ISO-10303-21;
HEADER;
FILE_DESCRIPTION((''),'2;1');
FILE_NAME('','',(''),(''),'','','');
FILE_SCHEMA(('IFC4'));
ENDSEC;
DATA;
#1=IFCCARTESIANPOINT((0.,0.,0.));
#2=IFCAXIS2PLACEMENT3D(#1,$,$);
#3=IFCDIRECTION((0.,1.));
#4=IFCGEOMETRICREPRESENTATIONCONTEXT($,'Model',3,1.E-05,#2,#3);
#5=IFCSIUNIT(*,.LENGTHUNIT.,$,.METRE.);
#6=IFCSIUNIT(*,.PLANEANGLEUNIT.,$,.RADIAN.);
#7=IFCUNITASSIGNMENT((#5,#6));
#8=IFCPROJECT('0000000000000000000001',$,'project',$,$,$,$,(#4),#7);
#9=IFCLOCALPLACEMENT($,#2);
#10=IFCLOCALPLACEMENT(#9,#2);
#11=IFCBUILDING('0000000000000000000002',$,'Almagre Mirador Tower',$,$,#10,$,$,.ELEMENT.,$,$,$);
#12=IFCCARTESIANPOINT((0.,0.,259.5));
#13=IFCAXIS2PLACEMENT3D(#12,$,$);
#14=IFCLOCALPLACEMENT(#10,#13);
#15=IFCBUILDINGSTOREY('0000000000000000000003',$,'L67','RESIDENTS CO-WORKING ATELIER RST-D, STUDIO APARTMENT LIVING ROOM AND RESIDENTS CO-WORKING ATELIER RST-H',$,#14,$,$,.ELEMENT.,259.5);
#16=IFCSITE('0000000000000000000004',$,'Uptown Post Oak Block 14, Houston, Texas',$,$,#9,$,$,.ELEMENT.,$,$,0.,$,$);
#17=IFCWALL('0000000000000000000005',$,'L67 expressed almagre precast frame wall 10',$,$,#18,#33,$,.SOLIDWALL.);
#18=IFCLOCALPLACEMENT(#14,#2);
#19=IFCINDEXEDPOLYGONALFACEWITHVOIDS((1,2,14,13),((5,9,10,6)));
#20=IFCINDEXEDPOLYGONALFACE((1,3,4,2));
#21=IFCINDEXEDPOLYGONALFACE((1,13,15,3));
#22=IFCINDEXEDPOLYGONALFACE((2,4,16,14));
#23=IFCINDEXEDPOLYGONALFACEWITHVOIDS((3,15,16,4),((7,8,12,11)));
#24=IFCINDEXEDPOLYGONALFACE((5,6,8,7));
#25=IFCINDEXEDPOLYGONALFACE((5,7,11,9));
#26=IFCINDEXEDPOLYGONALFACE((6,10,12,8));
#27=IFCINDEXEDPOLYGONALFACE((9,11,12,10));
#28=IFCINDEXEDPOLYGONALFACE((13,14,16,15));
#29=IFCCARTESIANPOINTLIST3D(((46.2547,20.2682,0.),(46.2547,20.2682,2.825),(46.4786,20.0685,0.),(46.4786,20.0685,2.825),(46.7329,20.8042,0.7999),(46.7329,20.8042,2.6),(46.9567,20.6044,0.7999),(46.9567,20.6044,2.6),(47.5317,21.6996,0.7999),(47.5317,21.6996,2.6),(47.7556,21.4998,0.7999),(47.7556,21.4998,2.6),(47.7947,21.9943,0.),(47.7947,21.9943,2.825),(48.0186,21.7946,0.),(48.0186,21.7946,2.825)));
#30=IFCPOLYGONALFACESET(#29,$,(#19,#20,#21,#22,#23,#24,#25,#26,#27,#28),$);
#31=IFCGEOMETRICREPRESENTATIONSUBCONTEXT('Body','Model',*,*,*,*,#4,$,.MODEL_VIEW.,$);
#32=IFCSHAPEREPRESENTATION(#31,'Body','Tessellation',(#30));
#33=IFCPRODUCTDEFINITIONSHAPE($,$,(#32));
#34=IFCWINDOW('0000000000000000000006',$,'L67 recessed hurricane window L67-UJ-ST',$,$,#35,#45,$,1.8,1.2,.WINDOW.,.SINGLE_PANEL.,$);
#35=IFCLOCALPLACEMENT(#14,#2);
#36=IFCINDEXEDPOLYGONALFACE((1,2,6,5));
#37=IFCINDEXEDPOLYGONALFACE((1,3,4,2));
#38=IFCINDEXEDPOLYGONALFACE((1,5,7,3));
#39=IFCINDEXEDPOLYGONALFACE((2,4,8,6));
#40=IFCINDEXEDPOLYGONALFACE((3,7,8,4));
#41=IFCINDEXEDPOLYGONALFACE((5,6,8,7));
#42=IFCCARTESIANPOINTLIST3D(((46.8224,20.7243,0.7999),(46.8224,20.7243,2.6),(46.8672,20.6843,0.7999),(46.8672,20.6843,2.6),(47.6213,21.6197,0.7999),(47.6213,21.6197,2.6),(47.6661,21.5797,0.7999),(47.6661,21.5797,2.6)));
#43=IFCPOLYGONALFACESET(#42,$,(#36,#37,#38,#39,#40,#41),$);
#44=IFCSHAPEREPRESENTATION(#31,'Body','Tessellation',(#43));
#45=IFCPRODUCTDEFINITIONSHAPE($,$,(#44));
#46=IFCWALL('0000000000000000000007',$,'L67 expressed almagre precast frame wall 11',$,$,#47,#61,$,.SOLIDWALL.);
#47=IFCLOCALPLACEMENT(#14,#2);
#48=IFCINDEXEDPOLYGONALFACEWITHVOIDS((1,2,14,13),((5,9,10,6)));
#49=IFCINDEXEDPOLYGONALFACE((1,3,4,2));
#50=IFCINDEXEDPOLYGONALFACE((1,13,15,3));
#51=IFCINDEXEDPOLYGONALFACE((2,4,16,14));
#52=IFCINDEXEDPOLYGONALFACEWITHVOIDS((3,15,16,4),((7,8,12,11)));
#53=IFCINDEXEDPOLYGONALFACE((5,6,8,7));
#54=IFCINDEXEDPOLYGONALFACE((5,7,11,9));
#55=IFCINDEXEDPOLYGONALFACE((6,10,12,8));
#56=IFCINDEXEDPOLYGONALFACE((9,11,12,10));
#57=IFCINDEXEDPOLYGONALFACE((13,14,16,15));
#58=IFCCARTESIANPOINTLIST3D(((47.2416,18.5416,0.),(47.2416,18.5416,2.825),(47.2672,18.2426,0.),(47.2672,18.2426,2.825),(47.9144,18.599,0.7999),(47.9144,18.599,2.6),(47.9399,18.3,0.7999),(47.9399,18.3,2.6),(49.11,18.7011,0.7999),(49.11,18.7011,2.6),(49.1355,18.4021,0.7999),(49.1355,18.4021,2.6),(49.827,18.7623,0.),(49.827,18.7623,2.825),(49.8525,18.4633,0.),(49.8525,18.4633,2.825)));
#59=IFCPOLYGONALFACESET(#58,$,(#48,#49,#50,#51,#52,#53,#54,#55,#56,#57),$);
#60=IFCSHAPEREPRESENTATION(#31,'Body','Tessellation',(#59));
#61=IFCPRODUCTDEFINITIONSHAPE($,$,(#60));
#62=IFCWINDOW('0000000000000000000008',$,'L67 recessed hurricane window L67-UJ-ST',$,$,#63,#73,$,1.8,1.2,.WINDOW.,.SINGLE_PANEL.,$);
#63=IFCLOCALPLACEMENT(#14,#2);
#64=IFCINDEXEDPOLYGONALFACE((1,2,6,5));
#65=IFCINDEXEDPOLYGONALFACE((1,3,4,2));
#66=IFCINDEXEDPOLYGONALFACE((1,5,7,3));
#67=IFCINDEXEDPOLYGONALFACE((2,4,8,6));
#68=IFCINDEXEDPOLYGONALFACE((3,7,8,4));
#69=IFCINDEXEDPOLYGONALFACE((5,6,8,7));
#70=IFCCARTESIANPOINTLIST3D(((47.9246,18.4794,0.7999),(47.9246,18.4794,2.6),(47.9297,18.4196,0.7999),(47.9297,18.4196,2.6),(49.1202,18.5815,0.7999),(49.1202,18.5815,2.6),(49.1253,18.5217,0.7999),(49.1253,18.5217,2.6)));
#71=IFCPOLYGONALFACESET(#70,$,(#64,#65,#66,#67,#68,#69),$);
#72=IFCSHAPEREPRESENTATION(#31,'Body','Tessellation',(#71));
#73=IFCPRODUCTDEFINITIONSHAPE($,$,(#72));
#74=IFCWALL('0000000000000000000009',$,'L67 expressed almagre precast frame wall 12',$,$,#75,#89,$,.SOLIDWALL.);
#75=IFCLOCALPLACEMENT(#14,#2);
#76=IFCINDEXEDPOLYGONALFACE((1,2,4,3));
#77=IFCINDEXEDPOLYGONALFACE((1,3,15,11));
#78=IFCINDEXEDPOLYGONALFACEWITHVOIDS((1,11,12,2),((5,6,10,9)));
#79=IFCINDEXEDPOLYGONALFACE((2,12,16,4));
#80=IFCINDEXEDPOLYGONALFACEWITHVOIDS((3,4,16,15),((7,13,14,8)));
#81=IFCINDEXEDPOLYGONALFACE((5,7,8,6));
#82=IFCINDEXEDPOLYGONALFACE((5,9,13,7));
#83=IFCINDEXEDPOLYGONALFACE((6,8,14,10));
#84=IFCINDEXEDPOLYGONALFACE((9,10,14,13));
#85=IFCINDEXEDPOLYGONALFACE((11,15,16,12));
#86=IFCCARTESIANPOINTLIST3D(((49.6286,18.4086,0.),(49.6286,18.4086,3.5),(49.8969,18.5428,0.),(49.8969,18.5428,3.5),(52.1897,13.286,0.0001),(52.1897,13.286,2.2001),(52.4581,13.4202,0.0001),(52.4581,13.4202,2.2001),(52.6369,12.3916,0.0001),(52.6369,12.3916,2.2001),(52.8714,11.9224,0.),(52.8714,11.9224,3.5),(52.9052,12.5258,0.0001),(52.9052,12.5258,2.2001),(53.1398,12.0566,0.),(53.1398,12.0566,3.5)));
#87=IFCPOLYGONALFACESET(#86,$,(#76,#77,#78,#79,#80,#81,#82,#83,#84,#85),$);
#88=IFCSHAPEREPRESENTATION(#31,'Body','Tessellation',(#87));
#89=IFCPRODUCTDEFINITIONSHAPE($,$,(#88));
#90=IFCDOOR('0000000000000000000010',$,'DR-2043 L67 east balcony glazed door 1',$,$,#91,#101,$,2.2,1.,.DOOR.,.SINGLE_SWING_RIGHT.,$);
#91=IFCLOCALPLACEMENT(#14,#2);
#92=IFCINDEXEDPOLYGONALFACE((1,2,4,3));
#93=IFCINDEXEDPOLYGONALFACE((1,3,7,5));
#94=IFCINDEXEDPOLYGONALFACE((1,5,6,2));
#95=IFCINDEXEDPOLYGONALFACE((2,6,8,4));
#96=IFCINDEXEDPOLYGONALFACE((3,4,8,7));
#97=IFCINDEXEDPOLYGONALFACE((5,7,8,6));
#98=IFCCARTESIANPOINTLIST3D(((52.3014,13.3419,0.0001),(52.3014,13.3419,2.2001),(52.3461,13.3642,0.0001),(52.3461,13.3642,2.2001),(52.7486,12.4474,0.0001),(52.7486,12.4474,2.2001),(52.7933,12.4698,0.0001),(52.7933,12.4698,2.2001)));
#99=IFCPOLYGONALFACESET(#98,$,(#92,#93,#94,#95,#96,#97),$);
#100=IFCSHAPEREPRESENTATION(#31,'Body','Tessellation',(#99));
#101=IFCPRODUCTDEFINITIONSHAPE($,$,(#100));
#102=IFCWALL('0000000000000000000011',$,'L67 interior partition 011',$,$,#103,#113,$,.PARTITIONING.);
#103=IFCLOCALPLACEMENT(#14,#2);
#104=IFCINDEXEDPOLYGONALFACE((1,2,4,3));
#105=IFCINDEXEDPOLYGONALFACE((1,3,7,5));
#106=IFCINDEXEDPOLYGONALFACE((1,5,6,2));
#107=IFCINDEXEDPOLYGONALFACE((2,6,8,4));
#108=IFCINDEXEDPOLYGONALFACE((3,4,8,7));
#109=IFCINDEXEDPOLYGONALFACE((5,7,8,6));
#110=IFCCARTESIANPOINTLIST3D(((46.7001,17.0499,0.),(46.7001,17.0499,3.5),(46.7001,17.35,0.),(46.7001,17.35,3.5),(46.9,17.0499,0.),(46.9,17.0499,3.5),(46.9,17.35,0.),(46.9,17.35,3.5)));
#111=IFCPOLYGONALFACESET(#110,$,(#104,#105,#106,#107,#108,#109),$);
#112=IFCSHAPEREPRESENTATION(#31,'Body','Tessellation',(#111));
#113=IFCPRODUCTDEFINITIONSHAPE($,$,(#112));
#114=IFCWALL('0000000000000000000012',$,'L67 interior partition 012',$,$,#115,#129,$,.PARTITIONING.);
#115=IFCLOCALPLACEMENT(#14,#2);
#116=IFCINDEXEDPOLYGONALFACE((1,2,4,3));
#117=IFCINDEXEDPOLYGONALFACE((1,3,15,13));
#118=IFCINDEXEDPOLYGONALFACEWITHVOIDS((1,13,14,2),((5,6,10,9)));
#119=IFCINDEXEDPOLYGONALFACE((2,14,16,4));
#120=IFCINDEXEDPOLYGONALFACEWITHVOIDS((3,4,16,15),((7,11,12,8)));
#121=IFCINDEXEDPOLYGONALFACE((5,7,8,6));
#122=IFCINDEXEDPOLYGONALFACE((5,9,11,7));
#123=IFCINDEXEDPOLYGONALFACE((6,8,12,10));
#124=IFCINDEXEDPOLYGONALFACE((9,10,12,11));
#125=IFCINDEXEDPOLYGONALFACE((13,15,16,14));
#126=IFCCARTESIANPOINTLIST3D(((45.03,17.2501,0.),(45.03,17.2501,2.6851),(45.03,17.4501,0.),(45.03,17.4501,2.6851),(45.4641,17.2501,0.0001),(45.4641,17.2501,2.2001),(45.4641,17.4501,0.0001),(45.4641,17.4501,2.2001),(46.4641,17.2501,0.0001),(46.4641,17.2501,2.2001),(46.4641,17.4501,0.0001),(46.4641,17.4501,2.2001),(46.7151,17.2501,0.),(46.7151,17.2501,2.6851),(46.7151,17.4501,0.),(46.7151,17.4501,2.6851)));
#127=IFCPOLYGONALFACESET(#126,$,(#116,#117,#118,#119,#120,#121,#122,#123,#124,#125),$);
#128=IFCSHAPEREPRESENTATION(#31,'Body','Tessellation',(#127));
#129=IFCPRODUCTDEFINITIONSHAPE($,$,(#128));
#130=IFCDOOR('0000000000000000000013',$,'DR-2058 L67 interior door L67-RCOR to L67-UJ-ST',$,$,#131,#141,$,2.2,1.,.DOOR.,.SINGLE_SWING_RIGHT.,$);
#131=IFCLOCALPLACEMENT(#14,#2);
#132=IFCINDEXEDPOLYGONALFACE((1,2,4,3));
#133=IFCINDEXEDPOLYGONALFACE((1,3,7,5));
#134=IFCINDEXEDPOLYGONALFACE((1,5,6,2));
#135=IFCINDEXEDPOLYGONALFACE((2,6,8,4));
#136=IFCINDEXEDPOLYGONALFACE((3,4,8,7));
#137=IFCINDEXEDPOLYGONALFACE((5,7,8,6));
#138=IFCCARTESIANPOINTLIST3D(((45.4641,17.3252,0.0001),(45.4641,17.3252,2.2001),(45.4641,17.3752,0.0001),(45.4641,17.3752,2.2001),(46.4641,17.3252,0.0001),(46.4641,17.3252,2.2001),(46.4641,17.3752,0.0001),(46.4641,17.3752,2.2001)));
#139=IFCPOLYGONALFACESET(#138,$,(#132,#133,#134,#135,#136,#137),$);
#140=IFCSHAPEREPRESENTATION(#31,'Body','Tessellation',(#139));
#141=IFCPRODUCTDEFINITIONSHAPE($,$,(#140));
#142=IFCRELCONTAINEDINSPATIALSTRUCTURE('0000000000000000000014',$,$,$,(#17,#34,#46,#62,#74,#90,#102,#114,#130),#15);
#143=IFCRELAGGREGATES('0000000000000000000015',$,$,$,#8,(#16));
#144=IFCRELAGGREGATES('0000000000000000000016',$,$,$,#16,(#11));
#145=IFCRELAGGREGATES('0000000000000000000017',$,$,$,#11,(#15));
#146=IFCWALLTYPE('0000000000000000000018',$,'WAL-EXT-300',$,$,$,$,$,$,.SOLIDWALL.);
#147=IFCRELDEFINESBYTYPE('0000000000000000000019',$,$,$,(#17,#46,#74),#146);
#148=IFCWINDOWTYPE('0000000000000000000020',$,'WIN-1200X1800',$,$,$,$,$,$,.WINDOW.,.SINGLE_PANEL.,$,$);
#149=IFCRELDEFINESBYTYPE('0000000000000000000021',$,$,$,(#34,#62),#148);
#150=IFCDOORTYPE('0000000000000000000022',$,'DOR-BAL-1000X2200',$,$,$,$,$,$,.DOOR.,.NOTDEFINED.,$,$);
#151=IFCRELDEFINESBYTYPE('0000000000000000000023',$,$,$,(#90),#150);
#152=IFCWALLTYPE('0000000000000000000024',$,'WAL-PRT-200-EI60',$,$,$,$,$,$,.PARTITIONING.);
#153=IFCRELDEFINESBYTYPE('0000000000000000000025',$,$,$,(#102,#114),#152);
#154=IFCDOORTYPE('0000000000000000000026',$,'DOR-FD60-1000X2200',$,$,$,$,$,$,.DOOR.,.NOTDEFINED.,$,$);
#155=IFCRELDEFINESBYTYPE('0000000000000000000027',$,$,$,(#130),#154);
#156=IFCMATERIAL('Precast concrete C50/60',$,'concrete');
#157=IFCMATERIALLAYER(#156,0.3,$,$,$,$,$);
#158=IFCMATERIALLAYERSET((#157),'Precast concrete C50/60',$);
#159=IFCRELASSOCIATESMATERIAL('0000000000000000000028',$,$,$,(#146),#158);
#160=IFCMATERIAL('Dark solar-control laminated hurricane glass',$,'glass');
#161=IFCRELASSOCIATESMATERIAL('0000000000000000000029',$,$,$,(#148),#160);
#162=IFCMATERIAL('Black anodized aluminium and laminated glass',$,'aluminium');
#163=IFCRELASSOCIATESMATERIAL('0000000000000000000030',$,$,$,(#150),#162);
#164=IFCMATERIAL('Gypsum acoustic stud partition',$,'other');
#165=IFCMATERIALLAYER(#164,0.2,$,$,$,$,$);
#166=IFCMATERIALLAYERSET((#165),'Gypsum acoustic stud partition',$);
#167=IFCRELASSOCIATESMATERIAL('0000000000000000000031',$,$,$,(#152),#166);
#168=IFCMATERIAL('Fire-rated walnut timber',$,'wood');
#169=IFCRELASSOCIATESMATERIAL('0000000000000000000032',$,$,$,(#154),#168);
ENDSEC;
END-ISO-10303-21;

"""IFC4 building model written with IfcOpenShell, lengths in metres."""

from ifc_helpers import new_model, si_unit, direction, frame, frame_2d, origin, place, context, subcontext, project, spatial, rectangle, extrude, material, layer, layer_set, type_object, element, fill, save


model = new_model("IFC4")

# Units and contexts
model_context = context("Model", 3, precision=1e-05, world=origin(), true_north=direction((0.0, 1.0)))
body_context = subcontext(model_context, "Body", "Model", "MODEL_VIEW")
ifc_project = project(units=[si_unit("LENGTHUNIT", "METRE"), si_unit("PLANEANGLEUNIT", "RADIAN")], contexts=[model_context])

# Site, building, storey
site_placement = place(None, origin())
site = spatial("IfcSite", under=ifc_project, at=site_placement, Name="Uptown Post Oak Block 14, Houston, Texas", CompositionType="ELEMENT", RefElevation=0.0)
building_placement = place(site_placement, origin())
building = spatial("IfcBuilding", under=site, at=building_placement, Name="Almagre Mirador Tower", CompositionType="ELEMENT")
storey_placement = place(building_placement, frame((0.0, 0.0, 259.5)))
storey = spatial("IfcBuildingStorey", under=building, at=storey_placement, Name="L67", Description="RESIDENTS CO-WORKING ATELIER RST-D, STUDIO APARTMENT LIVING ROOM AND RESIDENTS CO-WORKING ATELIER RST-H", CompositionType="ELEMENT", Elevation=259.5)

# Walls, openings, windows
ifc_material_1 = material(Name="Precast concrete C50/60", Category="concrete")
ifc_layer_1 = layer(ifc_material_1, 0.3)
ifc_layer_set_1 = layer_set([ifc_layer_1], Name="Precast concrete C50/60")
wall_type_1 = type_object("IfcWallType", Name="WAL-EXT-300", PredefinedType="SOLIDWALL", material=ifc_layer_set_1)
wall_1_placement = place(storey_placement, frame((47.9067, 21.8945, 0.0), z_axis=(0.0, 0.0, 1.0), x_axis=(-0.665751, -0.746174, 0.0)))
wall_1 = element("IfcWall", 1, at=wall_1_placement, inside=storey, type_object=wall_type_1, Name="L67 expressed almagre precast frame wall 10", PredefinedType="SOLIDWALL", context=body_context, shape_type="SweptSolid", body=[
    extrude(rectangle(XDim=2.3132, YDim=0.3, at=frame_2d((1.1567, 0.0))), origin(), (0.0, 0.0, 1.0), 2.825),
])
opening_1_placement = place(wall_1_placement, frame((0.395, 0.0, 0.8)))
opening_1 = element("IfcOpeningElement", 2, at=opening_1_placement, cuts=wall_1, PredefinedType="OPENING", context=body_context, shape_type="SweptSolid", body=[
    extrude(rectangle(XDim=1.2, YDim=1.8, at=frame_2d((0.6001, 0.8999))), frame((0.0, 0.1599, 0.0), z_axis=(0.0, -1.0, 0.0), x_axis=(1.0, 0.0, 0.0)), (0.0, 0.0, 1.0), 0.32),
])
ifc_material_2 = material(Name="Dark solar-control laminated hurricane glass", Category="glass")
window_type = type_object("IfcWindowType", Name="WIN-1200X1800", PartitioningType="SINGLE_PANEL", PredefinedType="WINDOW", material=ifc_material_2)
window_1_placement = place(opening_1_placement, origin())
window_1 = element("IfcWindow", 3, at=window_1_placement, inside=storey, type_object=window_type, Name="L67 recessed hurricane window L67-UJ-ST", OverallHeight=1.8, OverallWidth=1.2, PartitioningType="SINGLE_PANEL", PredefinedType="WINDOW", context=body_context, shape_type="SweptSolid", body=[
    extrude(rectangle(XDim=1.2, YDim=1.8, at=frame_2d((0.6001, 0.8999))), frame((0.0, 0.03, 0.0), z_axis=(0.0, -1.0, 0.0), x_axis=(1.0, 0.0, 0.0)), (0.0, 0.0, 1.0), 0.0601),
])
fill(opening_1, window_1)
wall_2_placement = place(storey_placement, frame((47.2544, 18.3921, 0.0), z_axis=(0.0, 0.0, 1.0), x_axis=(0.996376, 0.085062, 0.0)))
wall_2 = element("IfcWall", 4, at=wall_2_placement, inside=storey, type_object=wall_type_1, Name="L67 expressed almagre precast frame wall 11", PredefinedType="SOLIDWALL", context=body_context, shape_type="SweptSolid", body=[
    extrude(rectangle(XDim=2.5947, YDim=0.3, at=frame_2d((1.2974, 0.0))), origin(), (0.0, 0.0, 1.0), 2.825),
])
opening_2_placement = place(wall_2_placement, frame((0.675, 0.0, 0.8)))
opening_2 = element("IfcOpeningElement", 5, at=opening_2_placement, cuts=wall_2, PredefinedType="OPENING", context=body_context, shape_type="SweptSolid", body=[
    extrude(rectangle(XDim=1.2, YDim=1.8, at=frame_2d((0.6001, 0.8999))), frame((0.0, 0.1599, 0.0), z_axis=(0.0, -1.0, 0.0), x_axis=(1.0, 0.0, 0.0)), (0.0, 0.0, 1.0), 0.32),
])
window_2_placement = place(opening_2_placement, origin())
window_2 = element("IfcWindow", 6, at=window_2_placement, inside=storey, type_object=window_type, Name="L67 recessed hurricane window L67-UJ-ST", OverallHeight=1.8, OverallWidth=1.2, PartitioningType="SINGLE_PANEL", PredefinedType="WINDOW", context=body_context, shape_type="SweptSolid", body=[
    extrude(rectangle(XDim=1.2, YDim=1.8, at=frame_2d((0.6001, 0.8999))), frame((0.0, 0.03, 0.0), z_axis=(0.0, -1.0, 0.0), x_axis=(1.0, 0.0, 0.0)), (0.0, 0.0, 1.0), 0.0601),
])
fill(opening_2, window_2)

# Wall, opening, door
wall_3_placement = place(storey_placement, frame((49.7627, 18.4758, 0.0), z_axis=(0.0, 0.0, 1.0), x_axis=(0.447187, -0.894441, 0.0)))
wall_3 = element("IfcWall", 7, at=wall_3_placement, inside=storey, type_object=wall_type_1, Name="L67 expressed almagre precast frame wall 12", PredefinedType="SOLIDWALL", context=body_context, shape_type="SweptSolid", body=[
    extrude(rectangle(XDim=7.2517, YDim=0.3, at=frame_2d((3.626, 0.0))), origin(), (0.0, 0.0, 1.0), 3.5),
])
opening_3_placement = place(wall_3_placement, frame((5.7273, 0.0, 0.0)))
opening_3 = element("IfcOpeningElement", 8, at=opening_3_placement, cuts=wall_3, PredefinedType="OPENING", context=body_context, shape_type="SweptSolid", body=[
    extrude(rectangle(XDim=1.0, YDim=2.2, at=frame_2d((0.5, 1.1001))), frame((0.0, 0.1599, 0.0), z_axis=(0.0, -1.0, 0.0), x_axis=(1.0, 0.0, 0.0)), (0.0, 0.0, 1.0), 0.32),
])
ifc_material_3 = material(Name="Black anodized aluminium and laminated glass", Category="aluminium")
door_type_1 = type_object("IfcDoorType", Name="DOR-BAL-1000X2200", OperationType="NOTDEFINED", PredefinedType="DOOR", material=ifc_material_3)
door_1_placement = place(opening_3_placement, origin())
door_1 = element("IfcDoor", 9, at=door_1_placement, inside=storey, type_object=door_type_1, Name="DR-2043 L67 east balcony glazed door 1", OperationType="SINGLE_SWING_RIGHT", OverallHeight=2.2, OverallWidth=1.0, PredefinedType="DOOR", context=body_context, shape_type="SweptSolid", body=[
    extrude(rectangle(XDim=1.0, YDim=2.2, at=frame_2d((0.5, 1.1001))), frame((0.0, 0.0249, 0.0), z_axis=(0.0, -1.0, 0.0), x_axis=(1.0, 0.0, 0.0)), (0.0, 0.0, 1.0), 0.05),
])
fill(opening_3, door_1)

# Wall
ifc_material_4 = material(Name="Gypsum acoustic stud partition", Category="other")
ifc_layer_2 = layer(ifc_material_4, 0.2)
ifc_layer_set_2 = layer_set([ifc_layer_2], Name="Gypsum acoustic stud partition")
wall_type_2 = type_object("IfcWallType", Name="WAL-PRT-200-EI60", PredefinedType="PARTITIONING", material=ifc_layer_set_2)
wall_4_placement = place(storey_placement, frame((46.8, 17.05, 0.0), z_axis=(0.0, 0.0, 1.0), x_axis=(0.0, 1.0, 0.0)))
element("IfcWall", 10, at=wall_4_placement, inside=storey, type_object=wall_type_2, Name="L67 interior partition 011", PredefinedType="PARTITIONING", context=body_context, shape_type="SweptSolid", body=[
    extrude(rectangle(XDim=0.3, YDim=0.2, at=frame_2d((0.1499, 0.0))), origin(), (0.0, 0.0, 1.0), 3.5),
])

# Wall, opening, door
wall_5_placement = place(storey_placement, frame((46.7151, 17.3501, 0.0), z_axis=(0.0, 0.0, 1.0), x_axis=(-1.0, 0.0, 0.0)))
wall_5 = element("IfcWall", 11, at=wall_5_placement, inside=storey, type_object=wall_type_2, Name="L67 interior partition 012", PredefinedType="PARTITIONING", context=body_context, shape_type="SweptSolid", body=[
    extrude(rectangle(XDim=1.6851, YDim=0.2, at=frame_2d((0.8425, 0.0))), origin(), (0.0, 0.0, 1.0), 2.6851),
])
opening_4_placement = place(wall_5_placement, frame((0.251, 0.0, 0.0)))
opening_4 = element("IfcOpeningElement", 12, at=opening_4_placement, cuts=wall_5, PredefinedType="OPENING", context=body_context, shape_type="SweptSolid", body=[
    extrude(rectangle(XDim=1.0, YDim=2.2, at=frame_2d((0.5, 1.1001))), frame((0.0, 0.1101, 0.0), z_axis=(0.0, -1.0, 0.0), x_axis=(1.0, 0.0, 0.0)), (0.0, 0.0, 1.0), 0.22),
])
ifc_material_5 = material(Name="Fire-rated walnut timber", Category="wood")
door_type_2 = type_object("IfcDoorType", Name="DOR-FD60-1000X2200", OperationType="NOTDEFINED", PredefinedType="DOOR", material=ifc_material_5)
door_2_placement = place(opening_4_placement, origin())
door_2 = element("IfcDoor", 13, at=door_2_placement, inside=storey, type_object=door_type_2, Name="DR-2058 L67 interior door L67-RCOR to L67-UJ-ST", OperationType="SINGLE_SWING_RIGHT", OverallHeight=2.2, OverallWidth=1.0, PredefinedType="DOOR", context=body_context, shape_type="SweptSolid", body=[
    extrude(rectangle(XDim=1.0, YDim=2.2, at=frame_2d((0.5, 1.1001))), frame((0.0, 0.0249, 0.0), z_axis=(0.0, -1.0, 0.0), x_axis=(1.0, 0.0, 0.0)), (0.0, 0.0, 1.0), 0.05),
])
fill(opening_4, door_2)

save(model, "model.ifc")
